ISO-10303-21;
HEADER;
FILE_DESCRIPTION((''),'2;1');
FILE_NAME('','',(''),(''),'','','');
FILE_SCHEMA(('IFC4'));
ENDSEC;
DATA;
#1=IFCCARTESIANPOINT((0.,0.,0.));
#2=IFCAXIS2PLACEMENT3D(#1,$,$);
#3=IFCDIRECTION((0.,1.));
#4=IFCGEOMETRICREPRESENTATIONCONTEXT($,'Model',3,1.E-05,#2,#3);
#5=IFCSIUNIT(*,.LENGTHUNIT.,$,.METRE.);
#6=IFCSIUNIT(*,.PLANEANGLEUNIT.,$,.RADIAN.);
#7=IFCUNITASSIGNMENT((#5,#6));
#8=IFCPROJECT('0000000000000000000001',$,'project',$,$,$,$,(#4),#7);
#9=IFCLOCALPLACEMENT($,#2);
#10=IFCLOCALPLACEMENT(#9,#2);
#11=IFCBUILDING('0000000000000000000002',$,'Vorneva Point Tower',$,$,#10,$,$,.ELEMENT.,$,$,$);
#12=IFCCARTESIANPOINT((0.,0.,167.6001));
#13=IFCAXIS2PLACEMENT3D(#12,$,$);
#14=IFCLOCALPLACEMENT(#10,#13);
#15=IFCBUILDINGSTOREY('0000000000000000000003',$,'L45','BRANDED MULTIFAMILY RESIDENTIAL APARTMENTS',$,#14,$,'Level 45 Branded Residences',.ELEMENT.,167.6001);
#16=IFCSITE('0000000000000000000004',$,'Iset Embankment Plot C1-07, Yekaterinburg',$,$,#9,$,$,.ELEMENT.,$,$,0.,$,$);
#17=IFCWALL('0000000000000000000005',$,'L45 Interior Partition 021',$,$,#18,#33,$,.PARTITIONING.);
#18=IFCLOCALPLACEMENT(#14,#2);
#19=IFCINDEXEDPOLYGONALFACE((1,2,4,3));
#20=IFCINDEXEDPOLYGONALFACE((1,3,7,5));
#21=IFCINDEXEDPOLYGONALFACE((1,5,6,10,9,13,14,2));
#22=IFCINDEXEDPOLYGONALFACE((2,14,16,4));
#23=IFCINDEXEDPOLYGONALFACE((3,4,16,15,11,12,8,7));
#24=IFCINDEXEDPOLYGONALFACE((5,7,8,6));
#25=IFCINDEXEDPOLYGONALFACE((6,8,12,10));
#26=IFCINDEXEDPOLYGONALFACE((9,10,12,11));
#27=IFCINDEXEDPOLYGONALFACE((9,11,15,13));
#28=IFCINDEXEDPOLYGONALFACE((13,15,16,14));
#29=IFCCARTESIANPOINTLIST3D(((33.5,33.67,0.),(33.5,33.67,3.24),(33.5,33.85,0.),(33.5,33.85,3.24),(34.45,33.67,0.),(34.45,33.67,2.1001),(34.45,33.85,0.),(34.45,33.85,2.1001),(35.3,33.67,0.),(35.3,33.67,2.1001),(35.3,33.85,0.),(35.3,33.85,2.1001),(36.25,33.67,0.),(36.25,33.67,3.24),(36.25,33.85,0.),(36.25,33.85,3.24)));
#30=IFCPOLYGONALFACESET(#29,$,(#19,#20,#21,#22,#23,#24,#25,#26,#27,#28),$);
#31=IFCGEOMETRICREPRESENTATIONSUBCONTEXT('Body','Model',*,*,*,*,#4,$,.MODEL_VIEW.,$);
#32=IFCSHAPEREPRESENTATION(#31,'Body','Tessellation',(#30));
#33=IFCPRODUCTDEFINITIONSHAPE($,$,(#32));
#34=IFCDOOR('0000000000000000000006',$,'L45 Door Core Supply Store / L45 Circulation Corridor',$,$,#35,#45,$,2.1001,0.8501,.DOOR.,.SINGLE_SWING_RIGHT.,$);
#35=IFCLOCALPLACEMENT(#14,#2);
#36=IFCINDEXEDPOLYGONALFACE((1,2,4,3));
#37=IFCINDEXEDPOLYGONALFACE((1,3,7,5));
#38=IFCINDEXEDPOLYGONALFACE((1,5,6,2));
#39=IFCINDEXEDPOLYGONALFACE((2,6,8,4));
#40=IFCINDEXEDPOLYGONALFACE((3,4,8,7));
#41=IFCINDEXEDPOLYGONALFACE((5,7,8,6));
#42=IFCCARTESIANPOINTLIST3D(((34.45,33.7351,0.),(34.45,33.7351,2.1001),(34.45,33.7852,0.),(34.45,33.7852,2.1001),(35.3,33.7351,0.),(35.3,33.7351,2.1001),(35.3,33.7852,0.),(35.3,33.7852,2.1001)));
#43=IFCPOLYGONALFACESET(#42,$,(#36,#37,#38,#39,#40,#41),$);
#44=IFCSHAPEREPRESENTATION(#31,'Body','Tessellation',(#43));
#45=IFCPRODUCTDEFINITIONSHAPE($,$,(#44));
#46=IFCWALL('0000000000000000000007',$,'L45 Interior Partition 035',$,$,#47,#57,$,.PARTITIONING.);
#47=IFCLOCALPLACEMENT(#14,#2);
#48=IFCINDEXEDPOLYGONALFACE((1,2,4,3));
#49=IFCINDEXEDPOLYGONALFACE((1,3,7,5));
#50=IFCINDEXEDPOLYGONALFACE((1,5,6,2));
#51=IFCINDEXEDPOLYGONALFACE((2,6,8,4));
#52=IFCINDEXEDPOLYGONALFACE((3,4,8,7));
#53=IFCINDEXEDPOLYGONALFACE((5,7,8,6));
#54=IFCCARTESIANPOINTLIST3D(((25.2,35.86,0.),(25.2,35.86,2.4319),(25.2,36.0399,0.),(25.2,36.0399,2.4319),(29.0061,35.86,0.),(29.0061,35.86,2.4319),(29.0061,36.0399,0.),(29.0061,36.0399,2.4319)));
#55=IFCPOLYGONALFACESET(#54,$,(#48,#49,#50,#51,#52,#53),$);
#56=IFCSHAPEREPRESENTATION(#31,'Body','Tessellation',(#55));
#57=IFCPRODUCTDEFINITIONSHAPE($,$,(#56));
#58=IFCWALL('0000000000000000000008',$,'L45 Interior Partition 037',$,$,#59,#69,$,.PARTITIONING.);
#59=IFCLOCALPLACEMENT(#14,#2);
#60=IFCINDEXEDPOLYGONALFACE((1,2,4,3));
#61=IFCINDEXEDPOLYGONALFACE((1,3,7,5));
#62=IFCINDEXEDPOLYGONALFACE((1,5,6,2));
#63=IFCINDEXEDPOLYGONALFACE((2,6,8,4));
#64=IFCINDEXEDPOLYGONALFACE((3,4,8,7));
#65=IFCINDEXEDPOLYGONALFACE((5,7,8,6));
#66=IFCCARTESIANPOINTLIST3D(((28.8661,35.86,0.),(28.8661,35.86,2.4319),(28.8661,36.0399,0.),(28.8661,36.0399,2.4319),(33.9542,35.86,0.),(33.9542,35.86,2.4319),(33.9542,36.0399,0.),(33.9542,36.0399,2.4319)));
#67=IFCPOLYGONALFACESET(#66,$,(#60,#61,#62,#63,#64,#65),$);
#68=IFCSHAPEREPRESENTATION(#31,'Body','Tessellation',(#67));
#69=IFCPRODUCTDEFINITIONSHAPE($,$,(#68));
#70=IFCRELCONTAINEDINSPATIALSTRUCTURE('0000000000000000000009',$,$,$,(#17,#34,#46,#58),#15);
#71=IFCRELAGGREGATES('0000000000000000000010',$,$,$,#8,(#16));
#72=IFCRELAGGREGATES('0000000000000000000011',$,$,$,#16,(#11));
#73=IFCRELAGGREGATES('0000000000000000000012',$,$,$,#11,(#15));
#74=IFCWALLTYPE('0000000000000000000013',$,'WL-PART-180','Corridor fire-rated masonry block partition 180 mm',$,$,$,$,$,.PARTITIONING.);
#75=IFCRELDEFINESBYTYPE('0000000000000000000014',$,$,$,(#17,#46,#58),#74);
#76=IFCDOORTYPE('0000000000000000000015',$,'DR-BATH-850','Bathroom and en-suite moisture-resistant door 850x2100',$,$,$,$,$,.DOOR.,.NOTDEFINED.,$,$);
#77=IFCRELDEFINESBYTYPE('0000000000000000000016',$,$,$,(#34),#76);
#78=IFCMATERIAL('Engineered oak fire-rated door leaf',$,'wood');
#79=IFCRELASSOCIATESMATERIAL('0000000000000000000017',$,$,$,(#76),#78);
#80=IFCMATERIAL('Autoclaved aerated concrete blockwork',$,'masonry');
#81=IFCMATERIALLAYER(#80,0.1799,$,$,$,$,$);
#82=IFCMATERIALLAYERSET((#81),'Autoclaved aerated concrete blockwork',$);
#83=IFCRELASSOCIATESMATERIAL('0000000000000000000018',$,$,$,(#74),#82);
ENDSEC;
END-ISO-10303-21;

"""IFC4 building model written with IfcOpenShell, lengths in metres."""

from ifc_helpers import new_model, si_unit, direction, frame, frame_2d, origin, place, context, subcontext, project, spatial, rectangle, extrude, material, layer, layer_set, type_object, element, fill, save


model = new_model("IFC4")

# Units and contexts
model_context = context("Model", 3, precision=1e-05, world=origin(), true_north=direction((0.0, 1.0)))
body_context = subcontext(model_context, "Body", "Model", "MODEL_VIEW")
ifc_project = project(units=[si_unit("LENGTHUNIT", "METRE"), si_unit("PLANEANGLEUNIT", "RADIAN")], contexts=[model_context])

# Site, building, storey
site_placement = place(None, origin())
site = spatial("IfcSite", under=ifc_project, at=site_placement, Name="Iset Embankment Plot C1-07, Yekaterinburg", CompositionType="ELEMENT", RefElevation=0.0)
building_placement = place(site_placement, origin())
building = spatial("IfcBuilding", under=site, at=building_placement, Name="Vorneva Point Tower", CompositionType="ELEMENT")
storey_placement = place(building_placement, frame((0.0, 0.0, 167.6001)))
storey = spatial("IfcBuildingStorey", under=building, at=storey_placement, Name="L45", Description="BRANDED MULTIFAMILY RESIDENTIAL APARTMENTS", LongName="Level 45 Branded Residences", CompositionType="ELEMENT", Elevation=167.6001)

# Shared definitions
ifc_material_1 = material(Name="Engineered oak fire-rated door leaf", Category="wood")
door_type_1 = type_object("IfcDoorType", Name="DR-BATH-850", Description="Bathroom and en-suite moisture-resistant door 850x2100", OperationType="NOTDEFINED", PredefinedType="DOOR", material=ifc_material_1)

# Shared definitions
ifc_material_2 = material(Name="Autoclaved aerated concrete blockwork", Category="masonry")
ifc_layer_1 = layer(ifc_material_2, 0.1799)
ifc_layer_set_1 = layer_set([ifc_layer_1], Name="Autoclaved aerated concrete blockwork")
wall_type_1 = type_object("IfcWallType", Name="WL-PART-180", Description="Corridor fire-rated masonry block partition 180 mm", PredefinedType="PARTITIONING", material=ifc_layer_set_1)

# Wall, opening, door
wall_1_placement = place(storey_placement, frame((36.25, 33.76, 0.0), z_axis=(0.0, 0.0, 1.0), x_axis=(-1.0, 0.0, 0.0)))
wall_1 = element("IfcWall", 1, at=wall_1_placement, inside=storey, type_object=wall_type_1, Name="L45 Interior Partition 021", PredefinedType="PARTITIONING", context=body_context, shape_type="SweptSolid", body=[
    extrude(rectangle(XDim=2.75, YDim=0.1799, at=frame_2d((1.375, 0.0))), origin(), (0.0, 0.0, 1.0), 3.24),
])
opening_1_placement = place(wall_1_placement, frame((0.95, 0.0, 0.0)))
opening_1 = element("IfcOpeningElement", 2, at=opening_1_placement, cuts=wall_1, PredefinedType="OPENING", context=body_context, shape_type="SweptSolid", body=[
    extrude(rectangle(XDim=0.8501, YDim=2.1001, at=frame_2d((0.425, 1.05))), frame((0.0, 0.105, 0.0), z_axis=(0.0, -1.0, 0.0), x_axis=(1.0, 0.0, 0.0)), (0.0, 0.0, 1.0), 0.2097),
])
door_1_placement = place(opening_1_placement, origin())
door_1 = element("IfcDoor", 3, at=door_1_placement, inside=storey, type_object=door_type_1, Name="L45 Door Core Supply Store / L45 Circulation Corridor", OperationType="SINGLE_SWING_RIGHT", OverallHeight=2.1001, OverallWidth=0.8501, PredefinedType="DOOR", context=body_context, shape_type="SweptSolid", body=[
    extrude(rectangle(XDim=0.8501, YDim=2.1001, at=frame_2d((0.425, 1.05))), frame((0.0, 0.0249, 0.0), z_axis=(0.0, -1.0, 0.0), x_axis=(1.0, 0.0, 0.0)), (0.0, 0.0, 1.0), 0.05),
])
fill(opening_1, door_1)

# Walls
wall_2_placement = place(storey_placement, frame((29.0061, 35.95, 0.0), z_axis=(0.0, 0.0, 1.0), x_axis=(-1.0, 0.0, 0.0)))
element("IfcWall", 4, at=wall_2_placement, inside=storey, type_object=wall_type_1, Name="L45 Interior Partition 035", PredefinedType="PARTITIONING", context=body_context, shape_type="SweptSolid", body=[
    extrude(rectangle(XDim=3.8062, YDim=0.1799, at=frame_2d((1.9031, 0.0))), origin(), (0.0, 0.0, 1.0), 2.4319),
])
wall_3_placement = place(storey_placement, frame((33.9541, 35.95, 0.0), z_axis=(0.0, 0.0, 1.0), x_axis=(-1.0, 0.0, 0.0)))
element("IfcWall", 5, at=wall_3_placement, inside=storey, type_object=wall_type_1, Name="L45 Interior Partition 037", PredefinedType="PARTITIONING", context=body_context, shape_type="SweptSolid", body=[
    extrude(rectangle(XDim=5.0881, YDim=0.1799, at=frame_2d((2.5439, 0.0))), origin(), (0.0, 0.0, 1.0), 2.4319),
])

save(model, "model.ifc")
